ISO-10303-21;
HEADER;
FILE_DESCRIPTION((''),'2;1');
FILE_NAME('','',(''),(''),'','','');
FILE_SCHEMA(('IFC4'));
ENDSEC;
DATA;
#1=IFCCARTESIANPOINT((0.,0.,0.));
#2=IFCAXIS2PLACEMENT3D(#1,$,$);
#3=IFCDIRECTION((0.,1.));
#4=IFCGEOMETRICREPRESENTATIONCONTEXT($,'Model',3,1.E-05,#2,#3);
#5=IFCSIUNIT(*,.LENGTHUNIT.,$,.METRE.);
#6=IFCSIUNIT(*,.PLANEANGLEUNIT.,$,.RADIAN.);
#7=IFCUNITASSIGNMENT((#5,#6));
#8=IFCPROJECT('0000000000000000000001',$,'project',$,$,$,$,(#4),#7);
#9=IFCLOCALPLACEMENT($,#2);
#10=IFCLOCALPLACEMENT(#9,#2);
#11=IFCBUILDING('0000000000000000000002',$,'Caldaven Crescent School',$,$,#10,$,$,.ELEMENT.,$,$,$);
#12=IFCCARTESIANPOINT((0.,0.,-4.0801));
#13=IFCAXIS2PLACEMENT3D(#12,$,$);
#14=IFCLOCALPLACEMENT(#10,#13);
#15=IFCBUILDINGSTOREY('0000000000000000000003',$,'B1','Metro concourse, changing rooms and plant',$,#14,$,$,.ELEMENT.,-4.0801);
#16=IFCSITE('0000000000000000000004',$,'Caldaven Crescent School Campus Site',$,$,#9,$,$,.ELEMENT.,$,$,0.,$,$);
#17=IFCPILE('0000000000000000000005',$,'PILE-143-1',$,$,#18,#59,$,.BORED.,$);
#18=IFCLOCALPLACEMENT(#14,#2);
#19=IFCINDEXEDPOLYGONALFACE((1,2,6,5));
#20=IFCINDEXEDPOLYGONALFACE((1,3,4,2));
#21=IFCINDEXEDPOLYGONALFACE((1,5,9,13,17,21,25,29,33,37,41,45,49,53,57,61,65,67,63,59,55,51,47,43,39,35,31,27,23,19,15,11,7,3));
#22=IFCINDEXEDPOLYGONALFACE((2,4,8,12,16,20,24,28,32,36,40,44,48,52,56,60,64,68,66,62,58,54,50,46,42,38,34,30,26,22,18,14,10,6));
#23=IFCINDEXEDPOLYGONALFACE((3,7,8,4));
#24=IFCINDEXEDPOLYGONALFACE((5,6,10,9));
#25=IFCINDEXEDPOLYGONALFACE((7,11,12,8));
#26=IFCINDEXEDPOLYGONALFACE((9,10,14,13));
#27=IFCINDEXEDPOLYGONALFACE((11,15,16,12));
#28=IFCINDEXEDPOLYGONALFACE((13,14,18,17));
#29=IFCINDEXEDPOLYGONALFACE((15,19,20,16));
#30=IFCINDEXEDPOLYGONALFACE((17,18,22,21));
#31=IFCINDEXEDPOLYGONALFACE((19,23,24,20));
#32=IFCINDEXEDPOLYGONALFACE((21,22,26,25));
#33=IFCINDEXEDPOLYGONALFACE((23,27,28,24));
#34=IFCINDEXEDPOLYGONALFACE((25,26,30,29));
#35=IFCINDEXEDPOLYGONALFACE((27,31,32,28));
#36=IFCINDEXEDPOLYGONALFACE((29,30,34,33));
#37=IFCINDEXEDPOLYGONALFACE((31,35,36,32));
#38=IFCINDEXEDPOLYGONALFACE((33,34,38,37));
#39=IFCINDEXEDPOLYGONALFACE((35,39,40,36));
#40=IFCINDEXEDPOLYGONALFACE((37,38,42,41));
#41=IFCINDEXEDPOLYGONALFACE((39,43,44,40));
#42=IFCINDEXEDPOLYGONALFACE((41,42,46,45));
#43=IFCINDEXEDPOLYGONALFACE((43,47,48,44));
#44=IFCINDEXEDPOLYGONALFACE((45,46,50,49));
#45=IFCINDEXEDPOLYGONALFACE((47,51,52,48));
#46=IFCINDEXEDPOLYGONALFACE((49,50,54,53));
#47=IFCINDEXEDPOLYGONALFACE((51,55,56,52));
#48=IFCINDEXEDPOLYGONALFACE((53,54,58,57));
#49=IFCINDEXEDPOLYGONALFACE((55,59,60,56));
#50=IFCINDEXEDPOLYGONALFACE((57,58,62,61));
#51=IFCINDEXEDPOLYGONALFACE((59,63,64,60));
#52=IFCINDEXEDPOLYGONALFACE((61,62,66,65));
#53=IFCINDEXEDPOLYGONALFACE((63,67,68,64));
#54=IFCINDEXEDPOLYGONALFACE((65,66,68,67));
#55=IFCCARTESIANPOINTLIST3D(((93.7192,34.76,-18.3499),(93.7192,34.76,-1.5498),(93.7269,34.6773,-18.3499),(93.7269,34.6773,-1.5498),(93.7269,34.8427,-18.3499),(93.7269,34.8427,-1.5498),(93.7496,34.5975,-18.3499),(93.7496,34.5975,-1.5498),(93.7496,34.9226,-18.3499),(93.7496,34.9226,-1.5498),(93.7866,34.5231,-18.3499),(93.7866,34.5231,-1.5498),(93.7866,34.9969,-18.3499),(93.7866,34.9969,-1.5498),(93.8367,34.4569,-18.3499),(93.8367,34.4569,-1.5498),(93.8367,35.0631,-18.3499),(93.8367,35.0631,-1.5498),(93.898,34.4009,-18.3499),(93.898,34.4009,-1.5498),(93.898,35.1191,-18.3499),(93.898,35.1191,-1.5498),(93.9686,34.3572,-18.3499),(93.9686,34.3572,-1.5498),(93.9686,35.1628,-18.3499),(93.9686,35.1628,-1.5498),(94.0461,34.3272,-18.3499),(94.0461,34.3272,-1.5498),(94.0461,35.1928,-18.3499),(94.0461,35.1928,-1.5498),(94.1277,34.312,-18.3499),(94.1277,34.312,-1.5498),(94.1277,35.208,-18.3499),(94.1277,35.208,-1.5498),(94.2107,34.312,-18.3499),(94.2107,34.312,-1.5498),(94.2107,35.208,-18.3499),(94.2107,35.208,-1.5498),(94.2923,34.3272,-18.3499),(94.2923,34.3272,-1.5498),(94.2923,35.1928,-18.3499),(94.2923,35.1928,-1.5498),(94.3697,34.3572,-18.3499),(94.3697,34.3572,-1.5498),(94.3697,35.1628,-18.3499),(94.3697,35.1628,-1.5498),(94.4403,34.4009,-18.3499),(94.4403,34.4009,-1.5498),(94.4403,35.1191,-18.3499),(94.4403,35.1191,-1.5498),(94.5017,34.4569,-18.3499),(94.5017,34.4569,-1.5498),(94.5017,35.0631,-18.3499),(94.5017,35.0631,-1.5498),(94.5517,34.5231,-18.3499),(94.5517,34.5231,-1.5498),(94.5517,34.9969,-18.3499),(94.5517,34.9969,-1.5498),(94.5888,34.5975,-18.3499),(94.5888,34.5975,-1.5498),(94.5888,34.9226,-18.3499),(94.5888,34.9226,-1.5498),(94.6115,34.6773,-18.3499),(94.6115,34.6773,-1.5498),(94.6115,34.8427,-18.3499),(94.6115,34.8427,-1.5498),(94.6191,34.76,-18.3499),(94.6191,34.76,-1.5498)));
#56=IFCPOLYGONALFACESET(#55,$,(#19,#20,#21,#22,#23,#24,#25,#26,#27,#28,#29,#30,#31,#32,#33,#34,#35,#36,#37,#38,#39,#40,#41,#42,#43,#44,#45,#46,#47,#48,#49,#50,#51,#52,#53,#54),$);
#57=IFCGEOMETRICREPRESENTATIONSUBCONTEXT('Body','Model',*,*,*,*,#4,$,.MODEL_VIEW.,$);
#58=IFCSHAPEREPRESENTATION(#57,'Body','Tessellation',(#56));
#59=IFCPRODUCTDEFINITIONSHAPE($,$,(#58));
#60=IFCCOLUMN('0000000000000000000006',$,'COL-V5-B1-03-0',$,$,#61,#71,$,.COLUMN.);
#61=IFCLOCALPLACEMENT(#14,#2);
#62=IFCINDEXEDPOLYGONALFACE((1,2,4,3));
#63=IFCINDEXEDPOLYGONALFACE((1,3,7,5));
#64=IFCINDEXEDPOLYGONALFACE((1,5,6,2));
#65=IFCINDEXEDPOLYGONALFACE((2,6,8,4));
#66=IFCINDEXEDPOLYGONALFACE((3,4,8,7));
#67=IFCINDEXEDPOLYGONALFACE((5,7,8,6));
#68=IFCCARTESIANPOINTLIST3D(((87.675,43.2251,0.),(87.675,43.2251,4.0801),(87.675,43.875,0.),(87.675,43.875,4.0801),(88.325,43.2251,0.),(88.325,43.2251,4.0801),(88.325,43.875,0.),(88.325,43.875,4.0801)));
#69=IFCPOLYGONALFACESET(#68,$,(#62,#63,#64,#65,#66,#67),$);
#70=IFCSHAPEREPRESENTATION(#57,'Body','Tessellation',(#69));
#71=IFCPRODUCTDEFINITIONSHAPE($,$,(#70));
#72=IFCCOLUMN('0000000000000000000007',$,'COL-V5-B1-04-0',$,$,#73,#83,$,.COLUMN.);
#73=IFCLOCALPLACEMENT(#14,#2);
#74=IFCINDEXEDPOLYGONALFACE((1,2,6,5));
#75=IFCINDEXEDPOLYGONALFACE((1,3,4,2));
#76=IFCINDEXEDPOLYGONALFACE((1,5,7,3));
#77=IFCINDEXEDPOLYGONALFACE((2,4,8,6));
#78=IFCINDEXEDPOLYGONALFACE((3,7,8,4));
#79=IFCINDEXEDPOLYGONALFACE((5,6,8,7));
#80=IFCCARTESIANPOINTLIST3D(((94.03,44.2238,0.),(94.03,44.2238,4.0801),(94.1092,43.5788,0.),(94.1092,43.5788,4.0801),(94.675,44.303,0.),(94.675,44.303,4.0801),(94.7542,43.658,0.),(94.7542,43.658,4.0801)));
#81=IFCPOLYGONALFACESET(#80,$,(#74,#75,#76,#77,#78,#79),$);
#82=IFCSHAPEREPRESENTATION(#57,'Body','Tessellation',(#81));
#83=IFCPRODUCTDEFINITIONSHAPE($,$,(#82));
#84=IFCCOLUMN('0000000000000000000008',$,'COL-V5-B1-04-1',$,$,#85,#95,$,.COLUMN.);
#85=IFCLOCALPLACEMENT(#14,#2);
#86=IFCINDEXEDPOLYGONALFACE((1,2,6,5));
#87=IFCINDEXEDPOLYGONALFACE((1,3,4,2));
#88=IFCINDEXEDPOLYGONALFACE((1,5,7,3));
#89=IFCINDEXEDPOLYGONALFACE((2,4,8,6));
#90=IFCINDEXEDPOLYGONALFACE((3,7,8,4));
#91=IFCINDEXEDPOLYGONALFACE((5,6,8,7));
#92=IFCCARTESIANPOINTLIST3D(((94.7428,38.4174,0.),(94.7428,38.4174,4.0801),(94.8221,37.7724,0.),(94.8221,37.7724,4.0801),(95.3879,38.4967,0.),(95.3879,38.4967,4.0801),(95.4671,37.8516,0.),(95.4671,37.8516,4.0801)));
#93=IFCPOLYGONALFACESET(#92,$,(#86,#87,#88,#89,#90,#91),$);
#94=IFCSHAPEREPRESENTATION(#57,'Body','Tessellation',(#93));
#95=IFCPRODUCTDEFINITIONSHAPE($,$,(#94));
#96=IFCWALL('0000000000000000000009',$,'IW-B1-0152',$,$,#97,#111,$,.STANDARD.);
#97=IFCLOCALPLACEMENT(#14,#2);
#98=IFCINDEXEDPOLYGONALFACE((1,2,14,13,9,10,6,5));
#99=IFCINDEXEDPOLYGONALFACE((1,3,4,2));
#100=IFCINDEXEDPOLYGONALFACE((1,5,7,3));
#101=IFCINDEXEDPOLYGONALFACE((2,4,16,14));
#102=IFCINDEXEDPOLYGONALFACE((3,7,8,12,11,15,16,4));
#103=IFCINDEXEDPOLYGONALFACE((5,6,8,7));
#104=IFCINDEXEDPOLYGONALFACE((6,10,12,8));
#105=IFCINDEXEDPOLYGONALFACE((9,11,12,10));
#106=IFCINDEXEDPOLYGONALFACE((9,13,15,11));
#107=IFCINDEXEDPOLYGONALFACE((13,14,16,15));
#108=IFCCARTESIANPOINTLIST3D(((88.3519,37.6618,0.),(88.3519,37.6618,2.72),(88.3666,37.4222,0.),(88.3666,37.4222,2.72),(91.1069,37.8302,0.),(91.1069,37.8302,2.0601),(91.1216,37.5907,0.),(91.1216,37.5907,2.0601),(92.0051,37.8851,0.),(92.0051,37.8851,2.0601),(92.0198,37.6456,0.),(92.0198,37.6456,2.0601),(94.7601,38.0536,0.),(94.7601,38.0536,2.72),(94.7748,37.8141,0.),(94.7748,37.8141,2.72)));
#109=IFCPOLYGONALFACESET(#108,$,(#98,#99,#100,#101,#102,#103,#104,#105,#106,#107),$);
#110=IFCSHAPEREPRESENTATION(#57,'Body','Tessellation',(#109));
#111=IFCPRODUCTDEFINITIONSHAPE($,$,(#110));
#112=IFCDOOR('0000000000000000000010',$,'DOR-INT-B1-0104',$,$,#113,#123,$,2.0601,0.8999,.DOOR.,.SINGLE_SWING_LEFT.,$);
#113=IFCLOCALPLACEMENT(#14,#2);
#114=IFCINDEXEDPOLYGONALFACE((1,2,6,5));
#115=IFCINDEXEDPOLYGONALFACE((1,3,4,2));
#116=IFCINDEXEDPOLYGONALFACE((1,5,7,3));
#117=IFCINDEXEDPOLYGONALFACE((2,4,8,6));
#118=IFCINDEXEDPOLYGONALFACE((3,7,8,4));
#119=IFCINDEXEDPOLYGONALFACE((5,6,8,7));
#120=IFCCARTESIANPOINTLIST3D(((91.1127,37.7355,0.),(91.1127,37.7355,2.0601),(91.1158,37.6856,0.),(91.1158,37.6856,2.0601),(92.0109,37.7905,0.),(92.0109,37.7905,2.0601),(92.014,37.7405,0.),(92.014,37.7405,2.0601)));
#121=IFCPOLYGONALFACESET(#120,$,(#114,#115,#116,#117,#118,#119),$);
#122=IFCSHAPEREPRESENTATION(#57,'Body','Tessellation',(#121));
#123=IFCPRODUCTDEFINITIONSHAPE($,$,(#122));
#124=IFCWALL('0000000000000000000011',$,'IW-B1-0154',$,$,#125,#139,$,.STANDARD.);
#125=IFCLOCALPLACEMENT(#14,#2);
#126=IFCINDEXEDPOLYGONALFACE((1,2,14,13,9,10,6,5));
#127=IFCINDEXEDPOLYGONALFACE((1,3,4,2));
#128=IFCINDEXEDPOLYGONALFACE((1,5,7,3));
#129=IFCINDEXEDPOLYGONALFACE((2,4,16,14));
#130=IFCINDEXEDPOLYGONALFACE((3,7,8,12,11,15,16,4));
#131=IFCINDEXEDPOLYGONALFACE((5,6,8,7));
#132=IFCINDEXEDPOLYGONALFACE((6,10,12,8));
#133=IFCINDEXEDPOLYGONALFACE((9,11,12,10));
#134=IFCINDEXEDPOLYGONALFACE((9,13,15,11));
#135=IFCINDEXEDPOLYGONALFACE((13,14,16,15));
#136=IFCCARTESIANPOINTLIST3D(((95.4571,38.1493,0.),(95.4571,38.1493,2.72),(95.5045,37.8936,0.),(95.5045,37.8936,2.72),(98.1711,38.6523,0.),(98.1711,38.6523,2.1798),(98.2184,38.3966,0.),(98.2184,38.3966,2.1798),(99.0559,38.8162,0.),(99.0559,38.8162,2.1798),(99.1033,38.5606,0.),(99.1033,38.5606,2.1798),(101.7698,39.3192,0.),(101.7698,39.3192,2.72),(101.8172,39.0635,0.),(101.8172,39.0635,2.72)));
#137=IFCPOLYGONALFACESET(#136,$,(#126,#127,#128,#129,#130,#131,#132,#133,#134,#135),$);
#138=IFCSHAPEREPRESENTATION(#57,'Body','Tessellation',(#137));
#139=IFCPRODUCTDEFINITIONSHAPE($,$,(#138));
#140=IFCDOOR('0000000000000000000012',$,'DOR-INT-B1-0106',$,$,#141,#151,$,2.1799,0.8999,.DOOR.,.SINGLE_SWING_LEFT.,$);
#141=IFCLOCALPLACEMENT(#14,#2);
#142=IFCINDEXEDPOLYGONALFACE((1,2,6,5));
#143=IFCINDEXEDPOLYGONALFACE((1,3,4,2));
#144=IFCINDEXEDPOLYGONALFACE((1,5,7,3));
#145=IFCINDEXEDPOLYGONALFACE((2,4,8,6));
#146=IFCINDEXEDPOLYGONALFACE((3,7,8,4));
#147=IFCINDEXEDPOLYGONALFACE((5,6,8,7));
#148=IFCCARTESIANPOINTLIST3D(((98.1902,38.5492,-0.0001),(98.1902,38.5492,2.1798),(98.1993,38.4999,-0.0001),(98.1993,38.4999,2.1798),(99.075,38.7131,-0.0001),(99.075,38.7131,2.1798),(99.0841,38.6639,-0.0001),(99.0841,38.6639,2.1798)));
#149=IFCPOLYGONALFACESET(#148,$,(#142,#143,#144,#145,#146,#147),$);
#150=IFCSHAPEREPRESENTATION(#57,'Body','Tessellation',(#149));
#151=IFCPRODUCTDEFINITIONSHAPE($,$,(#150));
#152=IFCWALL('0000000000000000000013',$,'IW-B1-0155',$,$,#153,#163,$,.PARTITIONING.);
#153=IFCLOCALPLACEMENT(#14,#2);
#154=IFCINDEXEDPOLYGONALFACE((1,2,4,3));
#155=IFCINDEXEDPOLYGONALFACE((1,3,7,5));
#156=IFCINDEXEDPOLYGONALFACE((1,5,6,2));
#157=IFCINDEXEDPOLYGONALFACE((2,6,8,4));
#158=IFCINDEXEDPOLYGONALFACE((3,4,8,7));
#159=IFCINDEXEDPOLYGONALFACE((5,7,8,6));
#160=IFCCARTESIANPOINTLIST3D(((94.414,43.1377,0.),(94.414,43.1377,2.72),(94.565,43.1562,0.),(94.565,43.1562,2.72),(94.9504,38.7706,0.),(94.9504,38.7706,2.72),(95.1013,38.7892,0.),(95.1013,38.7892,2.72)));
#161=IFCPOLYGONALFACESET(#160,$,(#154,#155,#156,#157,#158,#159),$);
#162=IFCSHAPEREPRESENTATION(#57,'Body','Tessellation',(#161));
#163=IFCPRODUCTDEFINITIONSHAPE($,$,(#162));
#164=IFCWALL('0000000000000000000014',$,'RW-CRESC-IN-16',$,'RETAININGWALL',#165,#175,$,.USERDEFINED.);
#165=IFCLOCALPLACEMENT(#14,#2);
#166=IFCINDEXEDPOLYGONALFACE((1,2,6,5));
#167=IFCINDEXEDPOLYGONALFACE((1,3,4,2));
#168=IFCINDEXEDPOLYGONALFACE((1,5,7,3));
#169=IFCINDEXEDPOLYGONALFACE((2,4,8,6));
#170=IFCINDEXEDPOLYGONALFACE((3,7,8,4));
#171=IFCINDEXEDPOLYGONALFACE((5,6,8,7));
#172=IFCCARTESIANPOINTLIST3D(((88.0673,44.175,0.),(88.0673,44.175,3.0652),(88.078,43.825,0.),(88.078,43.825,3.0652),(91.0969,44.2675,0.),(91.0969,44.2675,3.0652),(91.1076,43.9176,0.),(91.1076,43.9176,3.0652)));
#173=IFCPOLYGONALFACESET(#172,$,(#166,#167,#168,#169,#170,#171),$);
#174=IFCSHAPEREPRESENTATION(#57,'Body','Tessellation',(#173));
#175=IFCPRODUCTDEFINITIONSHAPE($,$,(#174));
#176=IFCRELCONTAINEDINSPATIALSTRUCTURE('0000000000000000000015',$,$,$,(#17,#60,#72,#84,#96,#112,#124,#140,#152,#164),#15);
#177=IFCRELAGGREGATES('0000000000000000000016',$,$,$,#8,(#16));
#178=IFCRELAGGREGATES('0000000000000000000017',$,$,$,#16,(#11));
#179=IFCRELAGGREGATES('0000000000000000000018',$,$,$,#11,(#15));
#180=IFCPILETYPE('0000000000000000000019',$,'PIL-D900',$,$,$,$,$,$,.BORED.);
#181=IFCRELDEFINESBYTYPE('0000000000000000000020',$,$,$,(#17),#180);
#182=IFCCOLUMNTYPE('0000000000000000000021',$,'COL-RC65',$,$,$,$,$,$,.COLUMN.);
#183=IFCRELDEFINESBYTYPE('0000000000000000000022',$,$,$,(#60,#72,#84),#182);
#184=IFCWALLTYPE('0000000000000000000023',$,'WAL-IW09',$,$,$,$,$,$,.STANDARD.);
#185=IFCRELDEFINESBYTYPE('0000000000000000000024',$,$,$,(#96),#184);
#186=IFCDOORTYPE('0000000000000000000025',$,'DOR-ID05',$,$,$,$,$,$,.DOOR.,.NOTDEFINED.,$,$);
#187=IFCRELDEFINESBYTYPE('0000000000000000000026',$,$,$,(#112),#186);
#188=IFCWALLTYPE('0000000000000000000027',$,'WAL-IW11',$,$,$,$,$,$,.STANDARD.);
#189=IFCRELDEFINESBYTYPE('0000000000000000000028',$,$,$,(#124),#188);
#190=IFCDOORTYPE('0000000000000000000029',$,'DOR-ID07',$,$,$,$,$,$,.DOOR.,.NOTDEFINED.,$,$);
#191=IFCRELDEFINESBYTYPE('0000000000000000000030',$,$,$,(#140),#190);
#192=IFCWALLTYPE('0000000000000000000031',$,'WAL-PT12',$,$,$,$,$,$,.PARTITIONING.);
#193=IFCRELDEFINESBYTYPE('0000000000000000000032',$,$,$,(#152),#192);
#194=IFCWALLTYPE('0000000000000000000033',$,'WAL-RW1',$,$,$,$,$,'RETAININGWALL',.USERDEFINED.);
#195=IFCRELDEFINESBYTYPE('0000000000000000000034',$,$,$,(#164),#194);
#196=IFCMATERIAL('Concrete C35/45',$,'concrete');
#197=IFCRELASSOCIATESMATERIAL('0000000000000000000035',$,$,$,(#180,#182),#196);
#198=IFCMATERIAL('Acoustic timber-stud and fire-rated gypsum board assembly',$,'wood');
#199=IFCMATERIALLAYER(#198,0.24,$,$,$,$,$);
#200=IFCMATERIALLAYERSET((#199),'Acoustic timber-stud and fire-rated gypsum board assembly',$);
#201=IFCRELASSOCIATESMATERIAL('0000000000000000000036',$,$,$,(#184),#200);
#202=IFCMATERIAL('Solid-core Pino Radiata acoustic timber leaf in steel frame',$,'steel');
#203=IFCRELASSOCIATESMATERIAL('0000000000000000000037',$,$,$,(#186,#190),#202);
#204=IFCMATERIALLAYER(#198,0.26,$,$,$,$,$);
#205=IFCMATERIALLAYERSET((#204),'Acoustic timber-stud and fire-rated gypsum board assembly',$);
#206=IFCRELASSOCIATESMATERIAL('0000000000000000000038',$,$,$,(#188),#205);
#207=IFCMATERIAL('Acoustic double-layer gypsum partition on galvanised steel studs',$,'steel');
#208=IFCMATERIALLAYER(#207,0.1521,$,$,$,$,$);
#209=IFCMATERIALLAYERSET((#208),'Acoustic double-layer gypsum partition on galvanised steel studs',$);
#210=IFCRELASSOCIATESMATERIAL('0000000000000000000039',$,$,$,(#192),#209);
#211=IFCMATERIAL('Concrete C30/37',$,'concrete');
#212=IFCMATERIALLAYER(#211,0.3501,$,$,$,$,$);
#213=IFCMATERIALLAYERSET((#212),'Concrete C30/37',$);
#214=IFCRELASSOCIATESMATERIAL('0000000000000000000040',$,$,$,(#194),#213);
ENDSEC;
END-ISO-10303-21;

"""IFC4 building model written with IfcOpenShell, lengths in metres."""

from ifc_helpers import new_model, si_unit, direction, frame, frame_2d, origin, origin_2d, place, context, subcontext, project, spatial, rectangle, circle, extrude, material, layer, layer_set, material_profile, profile_set, type_object, element, fill, save


model = new_model("IFC4")

# Units and contexts
model_context = context("Model", 3, precision=1e-05, world=origin(), true_north=direction((0.0, 1.0)))
body_context = subcontext(model_context, "Body", "Model", "MODEL_VIEW")
ifc_project = project(units=[si_unit("LENGTHUNIT", "METRE"), si_unit("PLANEANGLEUNIT", "RADIAN")], contexts=[model_context])

# Site, building, storey
site_placement = place(None, origin())
site = spatial("IfcSite", under=ifc_project, at=site_placement, Name="Caldaven Crescent School Campus Site", CompositionType="ELEMENT", RefElevation=0.0)
building_placement = place(site_placement, origin())
building = spatial("IfcBuilding", under=site, at=building_placement, Name="Caldaven Crescent School", CompositionType="ELEMENT")
storey_placement = place(building_placement, frame((0.0, 0.0, -4.0801)))
storey = spatial("IfcBuildingStorey", under=building, at=storey_placement, Name="B1", Description="Metro concourse, changing rooms and plant", CompositionType="ELEMENT", Elevation=-4.0801)

# Shared definitions
ifc_material_1 = material(Name="Concrete C30/37", Category="concrete")
ifc_material_2 = material(Name="Concrete C35/45", Category="concrete")

# Pile
ifc_material_profile_1 = material_profile(ifc_material_2, circle(Radius=0.45, at=origin_2d()), Name="PILE D900")
ifc_profile_set_1 = profile_set([ifc_material_profile_1], Name="Concrete C35/45")
pile_type = type_object("IfcPileType", Name="PIL-D900", PredefinedType="BORED", material=ifc_profile_set_1)
pile_1_placement = place(storey_placement, frame((94.1692, 34.76, -1.5498), z_axis=(0.0, 0.0, -1.0), x_axis=(1.0, 0.0, 0.0)))
element("IfcPile", 1, at=pile_1_placement, inside=storey, type_object=pile_type, Name="PILE-143-1", PredefinedType="BORED", context=body_context, shape_type="SweptSolid", body=[
    extrude(circle(Radius=0.45, at=origin_2d()), origin(), (0.0, 0.0, 1.0), 16.8),
])

# Columns
ifc_material_profile_2 = material_profile(ifc_material_2, rectangle(XDim=0.6499, YDim=0.6499, at=origin_2d()), Name="RC 650x650")
ifc_profile_set_2 = profile_set([ifc_material_profile_2], Name="Concrete C35/45")
column_type = type_object("IfcColumnType", Name="COL-RC65", PredefinedType="COLUMN", material=ifc_profile_set_2)
for number, where, z_axis, x_axis, name in (
    (2, (88.0, 43.55, 0.0), (0.0, 0.0, 1.0), (0.0, -1.0, 0.0), "COL-V5-B1-03-0"),
    (3, (94.3921, 43.9409, 0.0), (0.0, 0.0, 1.0), (0.121869, -0.992546, 0.0), "COL-V5-B1-04-0"),
    (4, (95.105, 38.1345, 0.0), (0.0, 0.0, 1.0), (0.121869, -0.992546, 0.0), "COL-V5-B1-04-1"),
):
    element("IfcColumn", number, at=place(storey_placement, frame(where, z_axis=z_axis, x_axis=x_axis)), inside=storey, type_object=column_type, Name=name, PredefinedType="COLUMN", context=body_context, shape_type="SweptSolid", body=[
        extrude(rectangle(XDim=0.6499, YDim=0.6499, at=origin_2d()), origin(), (0.0, 0.0, 1.0), 4.0801),
    ])

# Walls, openings, doors
ifc_material_3 = material(Name="Acoustic timber-stud and fire-rated gypsum board assembly", Category="wood")
ifc_layer_1 = layer(ifc_material_3, 0.24)
ifc_layer_set_1 = layer_set([ifc_layer_1], Name="Acoustic timber-stud and fire-rated gypsum board assembly")
wall_type_1 = type_object("IfcWallType", Name="WAL-IW09", PredefinedType="STANDARD", material=ifc_layer_set_1)
wall_1_placement = place(storey_placement, frame((88.3594, 37.542, 0.0), z_axis=(0.0, 0.0, 1.0), x_axis=(0.998136, 0.061034, 0.0)))
wall_1 = element("IfcWall", 5, at=wall_1_placement, inside=storey, type_object=wall_type_1, Name="IW-B1-0152", PredefinedType="STANDARD", context=body_context, shape_type="SweptSolid", body=[
    extrude(rectangle(XDim=6.4202, YDim=0.24, at=frame_2d((3.21, 0.0))), origin(), (0.0, 0.0, 1.0), 2.72),
])
opening_1_placement = place(wall_1_placement, frame((2.76, 0.0, 0.0)))
opening_1 = element("IfcOpeningElement", 6, at=opening_1_placement, cuts=wall_1, PredefinedType="OPENING", context=body_context, shape_type="SweptSolid", body=[
    extrude(rectangle(XDim=0.8999, YDim=2.0601, at=frame_2d((0.45, 1.03))), frame((0.0, 0.1299, 0.0), z_axis=(0.0, -1.0, 0.0), x_axis=(1.0, 0.0, 0.0)), (0.0, 0.0, 1.0), 0.26),
])
ifc_material_4 = material(Name="Solid-core Pino Radiata acoustic timber leaf in steel frame", Category="steel")
door_type_1 = type_object("IfcDoorType", Name="DOR-ID05", OperationType="NOTDEFINED", PredefinedType="DOOR", material=ifc_material_4)
door_1_placement = place(opening_1_placement, frame((0.8999, 0.0, 0.0), z_axis=(0.0, 0.0, 1.0), x_axis=(-1.0, 0.0, 0.0)))
door_1 = element("IfcDoor", 7, at=door_1_placement, inside=storey, type_object=door_type_1, Name="DOR-INT-B1-0104", OperationType="SINGLE_SWING_LEFT", OverallHeight=2.0601, OverallWidth=0.8999, PredefinedType="DOOR", context=body_context, shape_type="SweptSolid", body=[
    extrude(rectangle(XDim=0.8999, YDim=2.0601, at=frame_2d((0.45, 1.03))), frame((0.0, 0.0249, 0.0), z_axis=(0.0, -1.0, 0.0), x_axis=(1.0, 0.0, 0.0)), (0.0, 0.0, 1.0), 0.05),
])
fill(opening_1, door_1)
ifc_layer_2 = layer(ifc_material_3, 0.26)
ifc_layer_set_2 = layer_set([ifc_layer_2], Name="Acoustic timber-stud and fire-rated gypsum board assembly")
wall_type_2 = type_object("IfcWallType", Name="WAL-IW11", PredefinedType="STANDARD", material=ifc_layer_set_2)
wall_2_placement = place(storey_placement, frame((95.481, 38.0215, 0.0), z_axis=(0.0, 0.0, 1.0), x_axis=(0.983257, 0.182224, 0.0)))
wall_2 = element("IfcWall", 8, at=wall_2_placement, inside=storey, type_object=wall_type_2, Name="IW-B1-0154", PredefinedType="STANDARD", context=body_context, shape_type="SweptSolid", body=[
    extrude(rectangle(XDim=6.4202, YDim=0.26, at=frame_2d((3.21, 0.0))), origin(), (0.0, 0.0, 1.0), 2.72),
])
opening_2_placement = place(wall_2_placement, frame((2.76, 0.0, 0.0)))
opening_2 = element("IfcOpeningElement", 9, at=opening_2_placement, cuts=wall_2, PredefinedType="OPENING", context=body_context, shape_type="SweptSolid", body=[
    extrude(rectangle(XDim=0.8999, YDim=2.1799, at=frame_2d((0.45, 1.0898))), frame((0.0, 0.1399, 0.0), z_axis=(0.0, -1.0, 0.0), x_axis=(1.0, 0.0, 0.0)), (0.0, 0.0, 1.0), 0.28),
])
door_type_2 = type_object("IfcDoorType", Name="DOR-ID07", OperationType="NOTDEFINED", PredefinedType="DOOR", material=ifc_material_4)
door_2_placement = place(opening_2_placement, frame((0.8999, 0.0, 0.0), z_axis=(0.0, 0.0, 1.0), x_axis=(-1.0, 0.0, 0.0)))
door_2 = element("IfcDoor", 10, at=door_2_placement, inside=storey, type_object=door_type_2, Name="DOR-INT-B1-0106", OperationType="SINGLE_SWING_LEFT", OverallHeight=2.1799, OverallWidth=0.8999, PredefinedType="DOOR", context=body_context, shape_type="SweptSolid", body=[
    extrude(rectangle(XDim=0.8999, YDim=2.1799, at=frame_2d((0.45, 1.0898))), frame((0.0, 0.0249, 0.0), z_axis=(0.0, -1.0, 0.0), x_axis=(1.0, 0.0, 0.0)), (0.0, 0.0, 1.0), 0.05),
])
fill(opening_2, door_2)

# Walls
ifc_material_5 = material(Name="Acoustic double-layer gypsum partition on galvanised steel studs", Category="steel")
ifc_layer_3 = layer(ifc_material_5, 0.1521)
ifc_layer_set_3 = layer_set([ifc_layer_3], Name="Acoustic double-layer gypsum partition on galvanised steel studs")
wall_type_3 = type_object("IfcWallType", Name="WAL-PT12", PredefinedType="PARTITIONING", material=ifc_layer_set_3)
wall_3_placement = place(storey_placement, frame((94.4895, 43.147, 0.0), z_axis=(0.0, 0.0, 1.0), x_axis=(0.121904, -0.992542, 0.0)))
element("IfcWall", 11, at=wall_3_placement, inside=storey, type_object=wall_type_3, Name="IW-B1-0155", PredefinedType="PARTITIONING", context=body_context, shape_type="SweptSolid", body=[
    extrude(rectangle(XDim=4.3999, YDim=0.1521, at=frame_2d((2.2, 0.0))), origin(), (0.0, 0.0, 1.0), 2.72),
])
ifc_layer_4 = layer(ifc_material_1, 0.3501)
ifc_layer_set_4 = layer_set([ifc_layer_4], Name="Concrete C30/37")
wall_type_4 = type_object("IfcWallType", Name="WAL-RW1", ElementType="RETAININGWALL", PredefinedType="USERDEFINED", material=ifc_layer_set_4)
wall_4_placement = place(storey_placement, frame((88.0725, 44.0, 0.0), z_axis=(0.0, 0.0, 1.0), x_axis=(0.999534, 0.030528, 0.0)))
element("IfcWall", 12, at=wall_4_placement, inside=storey, type_object=wall_type_4, Name="RW-CRESC-IN-16", ObjectType="RETAININGWALL", PredefinedType="USERDEFINED", context=body_context, shape_type="SweptSolid", body=[
    extrude(rectangle(XDim=3.031, YDim=0.3501, at=frame_2d((1.5156, 0.0))), origin(), (0.0, 0.0, 1.0), 3.0652),
])

save(model, "model.ifc")
